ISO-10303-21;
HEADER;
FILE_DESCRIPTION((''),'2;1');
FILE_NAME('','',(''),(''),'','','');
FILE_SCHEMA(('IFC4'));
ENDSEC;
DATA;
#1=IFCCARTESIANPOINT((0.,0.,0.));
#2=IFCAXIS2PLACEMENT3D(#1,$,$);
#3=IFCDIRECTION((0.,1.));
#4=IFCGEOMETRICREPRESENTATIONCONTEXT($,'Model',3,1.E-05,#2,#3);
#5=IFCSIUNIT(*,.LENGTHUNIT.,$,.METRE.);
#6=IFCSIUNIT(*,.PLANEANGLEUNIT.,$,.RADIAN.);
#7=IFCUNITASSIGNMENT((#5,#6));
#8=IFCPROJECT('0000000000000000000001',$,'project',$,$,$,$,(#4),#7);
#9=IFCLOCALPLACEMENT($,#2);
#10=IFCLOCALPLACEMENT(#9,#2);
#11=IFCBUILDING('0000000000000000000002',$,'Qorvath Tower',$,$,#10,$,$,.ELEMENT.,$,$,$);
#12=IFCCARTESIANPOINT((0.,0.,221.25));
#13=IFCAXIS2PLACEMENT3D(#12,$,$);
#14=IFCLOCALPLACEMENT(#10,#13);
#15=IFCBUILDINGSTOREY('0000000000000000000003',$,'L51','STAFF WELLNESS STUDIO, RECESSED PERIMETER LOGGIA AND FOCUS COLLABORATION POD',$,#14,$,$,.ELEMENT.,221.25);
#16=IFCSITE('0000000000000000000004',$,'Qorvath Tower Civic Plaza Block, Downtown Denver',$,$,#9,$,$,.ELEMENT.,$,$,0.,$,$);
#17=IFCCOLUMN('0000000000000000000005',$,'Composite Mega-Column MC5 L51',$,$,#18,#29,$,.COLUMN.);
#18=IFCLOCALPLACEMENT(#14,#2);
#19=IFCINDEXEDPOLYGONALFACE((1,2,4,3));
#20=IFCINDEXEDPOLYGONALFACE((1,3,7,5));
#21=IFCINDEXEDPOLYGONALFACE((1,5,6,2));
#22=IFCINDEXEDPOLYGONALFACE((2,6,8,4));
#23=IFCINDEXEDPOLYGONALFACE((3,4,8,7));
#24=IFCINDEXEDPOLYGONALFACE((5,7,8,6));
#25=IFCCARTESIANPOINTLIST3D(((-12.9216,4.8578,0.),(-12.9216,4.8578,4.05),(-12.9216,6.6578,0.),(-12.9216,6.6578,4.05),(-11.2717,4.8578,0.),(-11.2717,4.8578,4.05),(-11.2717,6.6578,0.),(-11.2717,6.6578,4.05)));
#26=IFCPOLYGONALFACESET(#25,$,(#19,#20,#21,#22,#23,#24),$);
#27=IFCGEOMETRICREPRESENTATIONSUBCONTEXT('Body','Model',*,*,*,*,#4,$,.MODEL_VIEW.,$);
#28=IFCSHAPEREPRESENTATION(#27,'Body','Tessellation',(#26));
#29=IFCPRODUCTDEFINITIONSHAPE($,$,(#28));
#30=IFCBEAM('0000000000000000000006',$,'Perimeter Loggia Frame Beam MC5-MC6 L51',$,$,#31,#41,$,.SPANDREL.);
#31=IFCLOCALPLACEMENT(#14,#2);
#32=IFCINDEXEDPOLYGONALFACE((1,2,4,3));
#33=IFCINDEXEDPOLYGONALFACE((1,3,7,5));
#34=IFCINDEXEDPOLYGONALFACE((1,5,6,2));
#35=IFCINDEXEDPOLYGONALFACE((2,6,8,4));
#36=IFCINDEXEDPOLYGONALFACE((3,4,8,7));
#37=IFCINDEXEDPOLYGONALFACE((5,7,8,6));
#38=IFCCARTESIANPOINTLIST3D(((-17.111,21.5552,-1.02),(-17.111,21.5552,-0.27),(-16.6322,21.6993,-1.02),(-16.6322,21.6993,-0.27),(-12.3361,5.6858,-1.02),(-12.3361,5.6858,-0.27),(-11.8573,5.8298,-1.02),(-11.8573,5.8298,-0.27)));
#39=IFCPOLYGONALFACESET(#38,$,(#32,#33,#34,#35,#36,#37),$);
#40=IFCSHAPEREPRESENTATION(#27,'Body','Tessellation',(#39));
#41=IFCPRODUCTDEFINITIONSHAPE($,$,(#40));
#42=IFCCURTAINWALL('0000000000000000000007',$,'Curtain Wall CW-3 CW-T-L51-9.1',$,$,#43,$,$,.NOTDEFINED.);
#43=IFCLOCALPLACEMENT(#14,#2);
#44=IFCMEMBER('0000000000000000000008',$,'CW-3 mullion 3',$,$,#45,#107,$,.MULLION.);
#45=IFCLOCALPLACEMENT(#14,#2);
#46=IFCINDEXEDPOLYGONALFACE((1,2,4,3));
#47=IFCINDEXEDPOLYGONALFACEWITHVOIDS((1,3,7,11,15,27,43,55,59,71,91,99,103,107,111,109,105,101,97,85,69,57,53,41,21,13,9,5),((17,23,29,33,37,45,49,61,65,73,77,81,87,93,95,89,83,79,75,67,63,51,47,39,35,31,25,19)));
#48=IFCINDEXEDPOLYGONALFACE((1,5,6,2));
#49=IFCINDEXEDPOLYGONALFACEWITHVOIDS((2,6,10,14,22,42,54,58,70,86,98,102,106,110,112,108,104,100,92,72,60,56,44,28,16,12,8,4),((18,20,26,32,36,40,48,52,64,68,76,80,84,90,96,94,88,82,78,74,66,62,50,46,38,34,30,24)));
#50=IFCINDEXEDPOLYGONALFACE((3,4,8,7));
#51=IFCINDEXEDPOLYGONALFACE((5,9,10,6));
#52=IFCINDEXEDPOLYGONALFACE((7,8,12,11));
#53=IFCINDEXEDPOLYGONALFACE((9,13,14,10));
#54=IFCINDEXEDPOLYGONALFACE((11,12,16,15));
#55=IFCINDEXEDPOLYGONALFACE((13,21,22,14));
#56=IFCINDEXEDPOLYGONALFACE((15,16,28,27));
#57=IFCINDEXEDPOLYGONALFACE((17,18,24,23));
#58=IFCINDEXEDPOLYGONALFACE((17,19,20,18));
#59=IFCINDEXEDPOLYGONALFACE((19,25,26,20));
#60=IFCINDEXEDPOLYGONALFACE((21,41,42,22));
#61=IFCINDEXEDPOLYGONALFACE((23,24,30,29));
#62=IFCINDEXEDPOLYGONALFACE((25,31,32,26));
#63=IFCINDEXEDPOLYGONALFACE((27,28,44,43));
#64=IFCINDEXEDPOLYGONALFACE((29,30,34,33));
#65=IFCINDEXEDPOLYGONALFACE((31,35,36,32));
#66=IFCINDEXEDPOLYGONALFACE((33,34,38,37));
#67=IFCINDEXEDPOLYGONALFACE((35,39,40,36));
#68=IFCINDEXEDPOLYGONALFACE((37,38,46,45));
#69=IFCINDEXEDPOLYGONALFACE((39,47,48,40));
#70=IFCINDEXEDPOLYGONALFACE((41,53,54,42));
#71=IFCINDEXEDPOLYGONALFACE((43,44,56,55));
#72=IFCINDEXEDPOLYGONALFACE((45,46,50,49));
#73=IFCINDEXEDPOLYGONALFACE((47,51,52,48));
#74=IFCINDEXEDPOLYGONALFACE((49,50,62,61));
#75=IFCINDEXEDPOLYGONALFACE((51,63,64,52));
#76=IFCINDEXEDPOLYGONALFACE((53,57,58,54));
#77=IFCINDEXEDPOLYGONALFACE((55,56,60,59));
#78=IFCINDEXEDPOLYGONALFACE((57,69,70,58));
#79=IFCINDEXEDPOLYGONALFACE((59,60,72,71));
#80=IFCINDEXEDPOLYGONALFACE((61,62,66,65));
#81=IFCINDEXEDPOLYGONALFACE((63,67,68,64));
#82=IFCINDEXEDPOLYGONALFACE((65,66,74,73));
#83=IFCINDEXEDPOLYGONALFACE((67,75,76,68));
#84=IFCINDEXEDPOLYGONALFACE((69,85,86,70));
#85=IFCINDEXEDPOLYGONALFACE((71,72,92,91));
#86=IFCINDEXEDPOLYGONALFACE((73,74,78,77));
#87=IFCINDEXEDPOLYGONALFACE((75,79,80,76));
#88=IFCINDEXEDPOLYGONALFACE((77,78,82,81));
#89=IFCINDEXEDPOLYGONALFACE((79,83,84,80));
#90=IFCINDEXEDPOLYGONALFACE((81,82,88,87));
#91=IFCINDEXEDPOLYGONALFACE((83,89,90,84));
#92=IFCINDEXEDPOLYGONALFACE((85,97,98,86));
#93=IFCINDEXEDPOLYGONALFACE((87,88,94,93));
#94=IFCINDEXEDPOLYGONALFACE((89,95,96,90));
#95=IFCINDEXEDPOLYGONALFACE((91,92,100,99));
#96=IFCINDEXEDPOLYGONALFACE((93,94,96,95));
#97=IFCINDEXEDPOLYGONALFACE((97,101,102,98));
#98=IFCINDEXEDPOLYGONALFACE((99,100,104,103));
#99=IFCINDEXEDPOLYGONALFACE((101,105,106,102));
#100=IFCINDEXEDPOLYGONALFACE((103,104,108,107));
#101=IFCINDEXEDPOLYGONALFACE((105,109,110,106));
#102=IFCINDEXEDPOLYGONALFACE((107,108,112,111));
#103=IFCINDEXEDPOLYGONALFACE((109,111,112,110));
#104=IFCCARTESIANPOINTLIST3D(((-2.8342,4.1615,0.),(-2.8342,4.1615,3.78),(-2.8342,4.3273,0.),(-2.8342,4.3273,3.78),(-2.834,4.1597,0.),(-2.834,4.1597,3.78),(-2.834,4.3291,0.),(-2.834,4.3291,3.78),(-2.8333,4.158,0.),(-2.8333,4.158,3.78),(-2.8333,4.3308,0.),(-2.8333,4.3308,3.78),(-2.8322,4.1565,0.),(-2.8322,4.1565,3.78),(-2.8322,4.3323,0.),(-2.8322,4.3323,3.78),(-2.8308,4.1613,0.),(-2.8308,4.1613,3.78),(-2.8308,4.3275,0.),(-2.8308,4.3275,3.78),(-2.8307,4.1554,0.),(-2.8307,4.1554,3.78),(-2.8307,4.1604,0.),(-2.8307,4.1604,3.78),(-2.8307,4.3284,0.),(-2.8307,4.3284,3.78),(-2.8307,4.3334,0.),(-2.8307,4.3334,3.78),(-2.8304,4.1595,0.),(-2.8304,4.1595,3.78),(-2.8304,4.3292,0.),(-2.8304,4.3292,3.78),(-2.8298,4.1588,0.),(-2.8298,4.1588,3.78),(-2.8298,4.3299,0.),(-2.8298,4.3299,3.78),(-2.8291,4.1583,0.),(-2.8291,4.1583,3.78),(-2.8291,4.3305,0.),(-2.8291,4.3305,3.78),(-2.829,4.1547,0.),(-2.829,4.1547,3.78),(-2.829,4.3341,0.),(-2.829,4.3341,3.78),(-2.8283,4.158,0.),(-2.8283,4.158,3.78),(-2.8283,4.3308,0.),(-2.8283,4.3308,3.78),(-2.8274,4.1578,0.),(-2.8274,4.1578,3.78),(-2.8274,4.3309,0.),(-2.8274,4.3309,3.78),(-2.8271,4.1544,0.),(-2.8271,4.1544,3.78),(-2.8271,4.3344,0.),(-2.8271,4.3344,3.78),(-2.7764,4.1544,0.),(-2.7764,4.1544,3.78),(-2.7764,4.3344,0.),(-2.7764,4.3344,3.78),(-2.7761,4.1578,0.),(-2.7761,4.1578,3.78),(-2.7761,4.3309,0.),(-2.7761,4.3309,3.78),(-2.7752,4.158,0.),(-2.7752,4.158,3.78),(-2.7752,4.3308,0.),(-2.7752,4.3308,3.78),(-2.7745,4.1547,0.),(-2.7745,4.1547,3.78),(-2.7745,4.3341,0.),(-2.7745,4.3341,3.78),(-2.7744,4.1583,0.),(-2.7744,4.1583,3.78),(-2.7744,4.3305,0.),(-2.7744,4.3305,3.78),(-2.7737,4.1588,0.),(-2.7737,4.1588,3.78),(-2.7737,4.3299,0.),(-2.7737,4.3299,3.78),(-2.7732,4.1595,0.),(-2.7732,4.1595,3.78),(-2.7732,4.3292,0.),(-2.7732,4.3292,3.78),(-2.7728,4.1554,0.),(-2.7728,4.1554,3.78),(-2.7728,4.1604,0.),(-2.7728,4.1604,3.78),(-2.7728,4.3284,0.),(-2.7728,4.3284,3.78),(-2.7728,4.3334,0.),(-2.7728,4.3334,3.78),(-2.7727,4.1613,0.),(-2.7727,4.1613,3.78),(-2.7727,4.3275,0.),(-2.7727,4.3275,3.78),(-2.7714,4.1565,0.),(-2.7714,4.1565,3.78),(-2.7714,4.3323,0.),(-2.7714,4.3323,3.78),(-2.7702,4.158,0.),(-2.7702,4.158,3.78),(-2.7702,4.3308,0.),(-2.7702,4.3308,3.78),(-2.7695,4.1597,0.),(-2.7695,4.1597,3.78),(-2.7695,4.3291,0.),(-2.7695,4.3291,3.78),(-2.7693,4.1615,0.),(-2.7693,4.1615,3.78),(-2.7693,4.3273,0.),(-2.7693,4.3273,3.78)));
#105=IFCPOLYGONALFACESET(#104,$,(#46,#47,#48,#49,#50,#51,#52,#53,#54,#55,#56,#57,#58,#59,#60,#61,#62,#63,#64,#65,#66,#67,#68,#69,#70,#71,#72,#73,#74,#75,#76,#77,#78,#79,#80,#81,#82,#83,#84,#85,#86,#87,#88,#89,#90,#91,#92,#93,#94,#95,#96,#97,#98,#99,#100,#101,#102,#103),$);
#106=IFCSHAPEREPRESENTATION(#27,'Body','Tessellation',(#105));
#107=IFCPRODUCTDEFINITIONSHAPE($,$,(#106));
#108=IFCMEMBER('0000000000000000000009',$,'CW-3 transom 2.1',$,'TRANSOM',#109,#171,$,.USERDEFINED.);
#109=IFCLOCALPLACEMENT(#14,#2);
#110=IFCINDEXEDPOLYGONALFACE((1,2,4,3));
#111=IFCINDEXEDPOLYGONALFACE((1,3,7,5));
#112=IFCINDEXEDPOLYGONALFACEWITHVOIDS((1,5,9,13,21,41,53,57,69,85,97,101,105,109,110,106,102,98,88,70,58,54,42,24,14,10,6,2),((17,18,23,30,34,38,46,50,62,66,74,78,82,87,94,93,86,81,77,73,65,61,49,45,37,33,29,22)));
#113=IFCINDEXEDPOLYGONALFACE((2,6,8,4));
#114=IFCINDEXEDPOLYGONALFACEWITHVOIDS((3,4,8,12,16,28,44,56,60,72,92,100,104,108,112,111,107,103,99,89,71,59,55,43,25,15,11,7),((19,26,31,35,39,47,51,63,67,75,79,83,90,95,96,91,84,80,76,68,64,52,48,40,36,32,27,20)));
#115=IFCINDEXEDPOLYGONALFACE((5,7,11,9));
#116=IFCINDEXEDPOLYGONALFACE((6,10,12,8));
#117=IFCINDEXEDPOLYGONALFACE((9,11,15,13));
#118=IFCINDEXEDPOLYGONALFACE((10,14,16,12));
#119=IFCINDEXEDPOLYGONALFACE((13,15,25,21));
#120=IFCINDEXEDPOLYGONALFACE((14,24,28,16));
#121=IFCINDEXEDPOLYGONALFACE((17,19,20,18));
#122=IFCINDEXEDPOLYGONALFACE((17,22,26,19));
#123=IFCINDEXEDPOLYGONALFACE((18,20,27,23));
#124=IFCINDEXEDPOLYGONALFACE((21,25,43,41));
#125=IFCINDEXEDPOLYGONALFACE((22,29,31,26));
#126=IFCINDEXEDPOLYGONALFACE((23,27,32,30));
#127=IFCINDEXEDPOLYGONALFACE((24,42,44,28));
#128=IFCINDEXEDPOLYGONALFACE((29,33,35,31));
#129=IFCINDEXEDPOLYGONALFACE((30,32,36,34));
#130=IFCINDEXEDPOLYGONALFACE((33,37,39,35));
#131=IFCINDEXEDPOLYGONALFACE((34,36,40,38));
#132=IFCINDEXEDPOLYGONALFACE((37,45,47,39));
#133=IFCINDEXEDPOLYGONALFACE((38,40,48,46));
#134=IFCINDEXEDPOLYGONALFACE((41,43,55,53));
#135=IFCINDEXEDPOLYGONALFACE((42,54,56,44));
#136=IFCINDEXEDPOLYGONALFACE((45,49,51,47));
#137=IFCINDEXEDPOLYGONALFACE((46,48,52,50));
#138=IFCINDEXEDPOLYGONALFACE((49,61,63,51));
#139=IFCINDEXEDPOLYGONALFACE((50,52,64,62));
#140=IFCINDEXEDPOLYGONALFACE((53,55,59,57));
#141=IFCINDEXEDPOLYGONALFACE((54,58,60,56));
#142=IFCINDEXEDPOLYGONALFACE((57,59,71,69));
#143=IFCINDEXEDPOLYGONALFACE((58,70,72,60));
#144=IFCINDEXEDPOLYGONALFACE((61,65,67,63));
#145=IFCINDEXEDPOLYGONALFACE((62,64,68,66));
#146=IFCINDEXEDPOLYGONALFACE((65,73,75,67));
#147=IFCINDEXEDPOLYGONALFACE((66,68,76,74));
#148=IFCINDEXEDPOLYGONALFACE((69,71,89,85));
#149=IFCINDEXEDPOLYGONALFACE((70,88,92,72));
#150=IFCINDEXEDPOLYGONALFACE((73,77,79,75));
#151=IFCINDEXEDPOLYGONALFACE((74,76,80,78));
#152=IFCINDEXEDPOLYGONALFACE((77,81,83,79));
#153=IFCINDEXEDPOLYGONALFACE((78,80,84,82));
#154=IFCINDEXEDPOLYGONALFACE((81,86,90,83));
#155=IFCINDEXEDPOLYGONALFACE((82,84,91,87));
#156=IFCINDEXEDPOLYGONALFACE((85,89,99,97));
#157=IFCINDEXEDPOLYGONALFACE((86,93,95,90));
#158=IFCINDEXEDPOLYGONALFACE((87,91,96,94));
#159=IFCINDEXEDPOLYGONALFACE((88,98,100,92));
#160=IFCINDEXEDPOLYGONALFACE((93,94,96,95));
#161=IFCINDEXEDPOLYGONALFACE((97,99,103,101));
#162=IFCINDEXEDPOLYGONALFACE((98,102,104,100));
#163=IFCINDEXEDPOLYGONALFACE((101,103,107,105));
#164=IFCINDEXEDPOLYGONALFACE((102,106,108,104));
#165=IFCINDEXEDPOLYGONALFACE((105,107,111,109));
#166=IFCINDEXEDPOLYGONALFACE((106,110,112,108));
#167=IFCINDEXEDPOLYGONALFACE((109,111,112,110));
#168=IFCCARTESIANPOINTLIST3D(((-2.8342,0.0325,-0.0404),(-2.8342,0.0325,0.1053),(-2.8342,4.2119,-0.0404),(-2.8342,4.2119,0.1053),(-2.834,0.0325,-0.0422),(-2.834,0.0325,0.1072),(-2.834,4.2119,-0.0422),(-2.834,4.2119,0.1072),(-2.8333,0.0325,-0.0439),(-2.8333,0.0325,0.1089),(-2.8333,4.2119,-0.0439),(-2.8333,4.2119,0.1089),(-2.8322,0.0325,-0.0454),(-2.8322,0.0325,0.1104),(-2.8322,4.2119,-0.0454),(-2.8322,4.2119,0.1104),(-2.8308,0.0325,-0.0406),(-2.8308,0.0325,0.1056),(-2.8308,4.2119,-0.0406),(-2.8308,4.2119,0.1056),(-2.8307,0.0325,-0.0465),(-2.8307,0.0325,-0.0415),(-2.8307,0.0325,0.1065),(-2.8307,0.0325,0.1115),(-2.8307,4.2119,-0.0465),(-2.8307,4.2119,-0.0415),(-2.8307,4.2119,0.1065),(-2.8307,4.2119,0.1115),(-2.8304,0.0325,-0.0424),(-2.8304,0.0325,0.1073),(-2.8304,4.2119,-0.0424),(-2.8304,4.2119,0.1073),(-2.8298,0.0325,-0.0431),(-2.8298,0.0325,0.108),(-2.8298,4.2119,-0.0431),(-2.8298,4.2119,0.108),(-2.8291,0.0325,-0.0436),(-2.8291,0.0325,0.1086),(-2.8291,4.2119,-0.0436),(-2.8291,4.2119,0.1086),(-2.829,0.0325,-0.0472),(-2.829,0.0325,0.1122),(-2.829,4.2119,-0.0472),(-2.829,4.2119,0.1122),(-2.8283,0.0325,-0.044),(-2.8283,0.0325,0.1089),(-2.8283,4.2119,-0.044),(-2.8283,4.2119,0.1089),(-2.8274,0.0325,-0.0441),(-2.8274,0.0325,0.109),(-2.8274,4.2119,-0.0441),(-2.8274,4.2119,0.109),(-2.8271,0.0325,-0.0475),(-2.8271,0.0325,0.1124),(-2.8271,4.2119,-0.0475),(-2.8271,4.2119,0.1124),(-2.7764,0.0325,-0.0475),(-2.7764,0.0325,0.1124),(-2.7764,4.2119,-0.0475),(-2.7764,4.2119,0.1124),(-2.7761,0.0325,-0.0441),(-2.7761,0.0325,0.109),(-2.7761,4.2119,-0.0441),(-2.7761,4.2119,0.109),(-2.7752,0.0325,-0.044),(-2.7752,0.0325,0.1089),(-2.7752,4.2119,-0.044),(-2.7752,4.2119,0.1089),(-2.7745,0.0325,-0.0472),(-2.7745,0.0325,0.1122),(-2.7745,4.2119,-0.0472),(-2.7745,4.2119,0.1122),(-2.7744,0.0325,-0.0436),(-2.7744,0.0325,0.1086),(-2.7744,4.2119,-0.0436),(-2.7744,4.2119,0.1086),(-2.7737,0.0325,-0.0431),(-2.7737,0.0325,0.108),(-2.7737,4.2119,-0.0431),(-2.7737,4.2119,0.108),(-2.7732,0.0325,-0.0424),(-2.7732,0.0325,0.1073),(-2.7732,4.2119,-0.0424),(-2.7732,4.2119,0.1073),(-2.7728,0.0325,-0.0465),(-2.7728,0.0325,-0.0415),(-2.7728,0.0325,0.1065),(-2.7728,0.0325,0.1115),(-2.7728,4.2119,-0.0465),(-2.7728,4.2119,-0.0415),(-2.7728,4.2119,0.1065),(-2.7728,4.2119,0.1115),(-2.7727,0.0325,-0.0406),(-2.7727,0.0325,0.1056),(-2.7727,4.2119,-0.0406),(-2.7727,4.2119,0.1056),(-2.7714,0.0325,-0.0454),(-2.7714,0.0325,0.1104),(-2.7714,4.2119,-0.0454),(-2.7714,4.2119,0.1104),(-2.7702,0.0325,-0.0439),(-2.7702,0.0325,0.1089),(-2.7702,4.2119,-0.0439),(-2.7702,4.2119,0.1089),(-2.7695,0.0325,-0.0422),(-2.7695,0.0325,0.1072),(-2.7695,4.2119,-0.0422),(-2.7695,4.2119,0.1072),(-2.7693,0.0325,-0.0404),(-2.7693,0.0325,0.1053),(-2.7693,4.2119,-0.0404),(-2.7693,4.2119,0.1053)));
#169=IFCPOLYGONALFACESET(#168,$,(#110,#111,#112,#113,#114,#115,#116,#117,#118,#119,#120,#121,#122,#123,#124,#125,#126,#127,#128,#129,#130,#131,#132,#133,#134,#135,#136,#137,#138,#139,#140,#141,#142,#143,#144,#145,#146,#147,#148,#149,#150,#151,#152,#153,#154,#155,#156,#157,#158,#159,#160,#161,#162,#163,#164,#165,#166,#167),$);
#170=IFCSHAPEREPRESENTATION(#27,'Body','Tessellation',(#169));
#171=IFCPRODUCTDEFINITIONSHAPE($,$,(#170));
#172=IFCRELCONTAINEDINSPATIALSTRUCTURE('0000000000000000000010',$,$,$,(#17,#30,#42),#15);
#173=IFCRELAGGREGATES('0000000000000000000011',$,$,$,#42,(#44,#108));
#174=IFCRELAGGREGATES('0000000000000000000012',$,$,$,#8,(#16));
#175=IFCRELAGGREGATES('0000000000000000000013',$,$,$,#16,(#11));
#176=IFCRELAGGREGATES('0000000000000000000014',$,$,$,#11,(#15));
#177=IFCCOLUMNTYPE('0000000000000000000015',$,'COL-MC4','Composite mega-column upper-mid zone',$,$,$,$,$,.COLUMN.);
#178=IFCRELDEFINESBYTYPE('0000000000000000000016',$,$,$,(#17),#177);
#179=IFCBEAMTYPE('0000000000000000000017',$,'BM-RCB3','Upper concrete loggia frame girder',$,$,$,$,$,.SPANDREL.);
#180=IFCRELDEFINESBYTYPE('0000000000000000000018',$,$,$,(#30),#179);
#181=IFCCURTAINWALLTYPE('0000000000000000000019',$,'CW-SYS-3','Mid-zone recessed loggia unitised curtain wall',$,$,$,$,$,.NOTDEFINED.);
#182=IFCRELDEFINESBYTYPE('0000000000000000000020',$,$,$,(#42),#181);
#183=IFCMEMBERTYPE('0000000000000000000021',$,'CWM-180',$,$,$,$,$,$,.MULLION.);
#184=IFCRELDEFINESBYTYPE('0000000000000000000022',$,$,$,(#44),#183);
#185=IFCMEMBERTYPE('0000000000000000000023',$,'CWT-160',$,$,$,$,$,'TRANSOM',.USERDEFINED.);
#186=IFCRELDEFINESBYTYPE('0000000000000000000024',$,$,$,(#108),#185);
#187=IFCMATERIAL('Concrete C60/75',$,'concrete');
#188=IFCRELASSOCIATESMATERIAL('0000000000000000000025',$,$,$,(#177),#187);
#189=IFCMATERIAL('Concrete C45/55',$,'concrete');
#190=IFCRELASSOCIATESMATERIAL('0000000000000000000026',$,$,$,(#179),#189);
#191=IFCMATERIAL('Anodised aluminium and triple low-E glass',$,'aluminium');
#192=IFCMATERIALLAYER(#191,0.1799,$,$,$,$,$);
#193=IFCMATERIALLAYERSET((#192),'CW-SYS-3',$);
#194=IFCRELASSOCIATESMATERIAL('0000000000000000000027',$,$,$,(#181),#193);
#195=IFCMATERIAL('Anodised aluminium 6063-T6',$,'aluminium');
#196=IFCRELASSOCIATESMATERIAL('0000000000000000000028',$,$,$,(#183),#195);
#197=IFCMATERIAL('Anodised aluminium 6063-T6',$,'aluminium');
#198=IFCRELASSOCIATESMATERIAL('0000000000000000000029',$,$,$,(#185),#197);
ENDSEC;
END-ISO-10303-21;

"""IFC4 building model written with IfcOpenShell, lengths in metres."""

from ifc_helpers import new_model, si_unit, direction, frame, origin, origin_2d, place, context, subcontext, project, spatial, rectangle, hollow_rectangle, extrude, material, layer, layer_set, material_profile, profile_set, type_object, element, aggregate, save


model = new_model("IFC4")

# Units and contexts
model_context = context("Model", 3, precision=1e-05, world=origin(), true_north=direction((0.0, 1.0)))
body_context = subcontext(model_context, "Body", "Model", "MODEL_VIEW")
ifc_project = project(units=[si_unit("LENGTHUNIT", "METRE"), si_unit("PLANEANGLEUNIT", "RADIAN")], contexts=[model_context])

# Site, building, storey
site_placement = place(None, origin())
site = spatial("IfcSite", under=ifc_project, at=site_placement, Name="Qorvath Tower Civic Plaza Block, Downtown Denver", CompositionType="ELEMENT", RefElevation=0.0)
building_placement = place(site_placement, origin())
building = spatial("IfcBuilding", under=site, at=building_placement, Name="Qorvath Tower", CompositionType="ELEMENT")
storey_placement = place(building_placement, frame((0.0, 0.0, 221.25)))
storey = spatial("IfcBuildingStorey", under=building, at=storey_placement, Name="L51", Description="STAFF WELLNESS STUDIO, RECESSED PERIMETER LOGGIA AND FOCUS COLLABORATION POD", CompositionType="ELEMENT", Elevation=221.25)

# Column
ifc_material_1 = material(Name="Concrete C60/75", Category="concrete")
ifc_material_profile_1 = material_profile(ifc_material_1, rectangle(XDim=1.6499, YDim=1.8, at=origin_2d()), Name="MC 1800x1650")
ifc_profile_set_1 = profile_set([ifc_material_profile_1], Name="Concrete C60/75")
column_type = type_object("IfcColumnType", Name="COL-MC4", Description="Composite mega-column upper-mid zone", PredefinedType="COLUMN", material=ifc_profile_set_1)
column_placement = place(storey_placement, frame((-12.0967, 5.7578, 0.0), z_axis=(0.0, 0.0, 1.0), x_axis=(1.0, 0.0, 0.0)))
element("IfcColumn", 1, at=column_placement, inside=storey, type_object=column_type, Name="Composite Mega-Column MC5 L51", PredefinedType="COLUMN", context=body_context, shape_type="SweptSolid", body=[
    extrude(rectangle(XDim=1.6499, YDim=1.8, at=origin_2d()), origin(), (0.0, 0.0, 1.0), 4.05),
])

# Beam
ifc_material_2 = material(Name="Concrete C45/55", Category="concrete")
ifc_material_profile_2 = material_profile(ifc_material_2, rectangle(XDim=0.5, YDim=0.75, at=origin_2d()), Name="RCB 750x500")
ifc_profile_set_2 = profile_set([ifc_material_profile_2], Name="Concrete C45/55")
beam_type = type_object("IfcBeamType", Name="BM-RCB3", Description="Upper concrete loggia frame girder", PredefinedType="SPANDREL", material=ifc_profile_set_2)
beam_placement = place(storey_placement, frame((-12.0967, 5.7578, -0.645), z_axis=(-0.288128, 0.957592, 0.0), x_axis=(-0.957592, -0.288128, 0.0)))
element("IfcBeam", 2, at=beam_placement, inside=storey, type_object=beam_type, Name="Perimeter Loggia Frame Beam MC5-MC6 L51", PredefinedType="SPANDREL", context=body_context, shape_type="SweptSolid", body=[
    extrude(rectangle(XDim=0.5, YDim=0.75, at=origin_2d()), origin(), (0.0, 0.0, 1.0), 16.5723),
])

# Curtain wall, members
ifc_material_3 = material(Name="Anodised aluminium and triple low-E glass", Category="aluminium")
ifc_layer_1 = layer(ifc_material_3, 0.1799)
ifc_layer_set_1 = layer_set([ifc_layer_1], Name="CW-SYS-3")
curtain_wall_type = type_object("IfcCurtainWallType", Name="CW-SYS-3", Description="Mid-zone recessed loggia unitised curtain wall", PredefinedType="NOTDEFINED", material=ifc_layer_set_1)
curtain_wall_placement = place(storey_placement, origin())
curtain_wall = element("IfcCurtainWall", 3, at=curtain_wall_placement, inside=storey, type_object=curtain_wall_type, Name="Curtain Wall CW-3 CW-T-L51-9.1", PredefinedType="NOTDEFINED")
ifc_material_4 = material(Name="Anodised aluminium 6063-T6", Category="aluminium")
ifc_material_profile_3 = material_profile(ifc_material_4, hollow_rectangle(XDim=0.0649, YDim=0.1799, WallThickness=0.0034, InnerFilletRadius=0.0034, OuterFilletRadius=0.0071, at=origin_2d()), Name="CWM 180x65")
ifc_profile_set_3 = profile_set([ifc_material_profile_3], Name="Anodised aluminium 6063-T6")
member_type_1 = type_object("IfcMemberType", Name="CWM-180", PredefinedType="MULLION", material=ifc_profile_set_3)
member_1_placement = place(storey_placement, frame((-2.8018, 4.2444, 0.0), z_axis=(0.0, 0.0, 1.0), x_axis=(-1.0, 0.0, 0.0)))
member_1 = element("IfcMember", 4, at=member_1_placement, type_object=member_type_1, Name="CW-3 mullion 3", PredefinedType="MULLION", context=body_context, shape_type="SweptSolid", body=[
    extrude(hollow_rectangle(XDim=0.0649, YDim=0.1799, WallThickness=0.0034, InnerFilletRadius=0.0034, OuterFilletRadius=0.0071, at=origin_2d()), origin(), (0.0, 0.0, 1.0), 3.78),
])
ifc_material_5 = material(Name="Anodised aluminium 6063-T6", Category="aluminium")
ifc_material_profile_4 = material_profile(ifc_material_5, hollow_rectangle(XDim=0.0649, YDim=0.1599, WallThickness=0.0034, InnerFilletRadius=0.0034, OuterFilletRadius=0.0071, at=origin_2d()), Name="CWT 160x65")
ifc_profile_set_4 = profile_set([ifc_material_profile_4], Name="Anodised aluminium 6063-T6")
member_type_2 = type_object("IfcMemberType", Name="CWT-160", ElementType="TRANSOM", PredefinedType="USERDEFINED", material=ifc_profile_set_4)
member_2_placement = place(storey_placement, frame((-2.8018, 0.0325, 0.0325), z_axis=(0.0, 1.0, 0.0), x_axis=(-1.0, 0.0, 0.0)))
member_2 = element("IfcMember", 5, at=member_2_placement, type_object=member_type_2, Name="CW-3 transom 2.1", ObjectType="TRANSOM", PredefinedType="USERDEFINED", context=body_context, shape_type="SweptSolid", body=[
    extrude(hollow_rectangle(XDim=0.0649, YDim=0.1599, WallThickness=0.0034, InnerFilletRadius=0.0034, OuterFilletRadius=0.0071, at=origin_2d()), origin(), (0.0, 0.0, 1.0), 4.1794),
])
aggregate(curtain_wall, [member_1, member_2])

save(model, "model.ifc")
